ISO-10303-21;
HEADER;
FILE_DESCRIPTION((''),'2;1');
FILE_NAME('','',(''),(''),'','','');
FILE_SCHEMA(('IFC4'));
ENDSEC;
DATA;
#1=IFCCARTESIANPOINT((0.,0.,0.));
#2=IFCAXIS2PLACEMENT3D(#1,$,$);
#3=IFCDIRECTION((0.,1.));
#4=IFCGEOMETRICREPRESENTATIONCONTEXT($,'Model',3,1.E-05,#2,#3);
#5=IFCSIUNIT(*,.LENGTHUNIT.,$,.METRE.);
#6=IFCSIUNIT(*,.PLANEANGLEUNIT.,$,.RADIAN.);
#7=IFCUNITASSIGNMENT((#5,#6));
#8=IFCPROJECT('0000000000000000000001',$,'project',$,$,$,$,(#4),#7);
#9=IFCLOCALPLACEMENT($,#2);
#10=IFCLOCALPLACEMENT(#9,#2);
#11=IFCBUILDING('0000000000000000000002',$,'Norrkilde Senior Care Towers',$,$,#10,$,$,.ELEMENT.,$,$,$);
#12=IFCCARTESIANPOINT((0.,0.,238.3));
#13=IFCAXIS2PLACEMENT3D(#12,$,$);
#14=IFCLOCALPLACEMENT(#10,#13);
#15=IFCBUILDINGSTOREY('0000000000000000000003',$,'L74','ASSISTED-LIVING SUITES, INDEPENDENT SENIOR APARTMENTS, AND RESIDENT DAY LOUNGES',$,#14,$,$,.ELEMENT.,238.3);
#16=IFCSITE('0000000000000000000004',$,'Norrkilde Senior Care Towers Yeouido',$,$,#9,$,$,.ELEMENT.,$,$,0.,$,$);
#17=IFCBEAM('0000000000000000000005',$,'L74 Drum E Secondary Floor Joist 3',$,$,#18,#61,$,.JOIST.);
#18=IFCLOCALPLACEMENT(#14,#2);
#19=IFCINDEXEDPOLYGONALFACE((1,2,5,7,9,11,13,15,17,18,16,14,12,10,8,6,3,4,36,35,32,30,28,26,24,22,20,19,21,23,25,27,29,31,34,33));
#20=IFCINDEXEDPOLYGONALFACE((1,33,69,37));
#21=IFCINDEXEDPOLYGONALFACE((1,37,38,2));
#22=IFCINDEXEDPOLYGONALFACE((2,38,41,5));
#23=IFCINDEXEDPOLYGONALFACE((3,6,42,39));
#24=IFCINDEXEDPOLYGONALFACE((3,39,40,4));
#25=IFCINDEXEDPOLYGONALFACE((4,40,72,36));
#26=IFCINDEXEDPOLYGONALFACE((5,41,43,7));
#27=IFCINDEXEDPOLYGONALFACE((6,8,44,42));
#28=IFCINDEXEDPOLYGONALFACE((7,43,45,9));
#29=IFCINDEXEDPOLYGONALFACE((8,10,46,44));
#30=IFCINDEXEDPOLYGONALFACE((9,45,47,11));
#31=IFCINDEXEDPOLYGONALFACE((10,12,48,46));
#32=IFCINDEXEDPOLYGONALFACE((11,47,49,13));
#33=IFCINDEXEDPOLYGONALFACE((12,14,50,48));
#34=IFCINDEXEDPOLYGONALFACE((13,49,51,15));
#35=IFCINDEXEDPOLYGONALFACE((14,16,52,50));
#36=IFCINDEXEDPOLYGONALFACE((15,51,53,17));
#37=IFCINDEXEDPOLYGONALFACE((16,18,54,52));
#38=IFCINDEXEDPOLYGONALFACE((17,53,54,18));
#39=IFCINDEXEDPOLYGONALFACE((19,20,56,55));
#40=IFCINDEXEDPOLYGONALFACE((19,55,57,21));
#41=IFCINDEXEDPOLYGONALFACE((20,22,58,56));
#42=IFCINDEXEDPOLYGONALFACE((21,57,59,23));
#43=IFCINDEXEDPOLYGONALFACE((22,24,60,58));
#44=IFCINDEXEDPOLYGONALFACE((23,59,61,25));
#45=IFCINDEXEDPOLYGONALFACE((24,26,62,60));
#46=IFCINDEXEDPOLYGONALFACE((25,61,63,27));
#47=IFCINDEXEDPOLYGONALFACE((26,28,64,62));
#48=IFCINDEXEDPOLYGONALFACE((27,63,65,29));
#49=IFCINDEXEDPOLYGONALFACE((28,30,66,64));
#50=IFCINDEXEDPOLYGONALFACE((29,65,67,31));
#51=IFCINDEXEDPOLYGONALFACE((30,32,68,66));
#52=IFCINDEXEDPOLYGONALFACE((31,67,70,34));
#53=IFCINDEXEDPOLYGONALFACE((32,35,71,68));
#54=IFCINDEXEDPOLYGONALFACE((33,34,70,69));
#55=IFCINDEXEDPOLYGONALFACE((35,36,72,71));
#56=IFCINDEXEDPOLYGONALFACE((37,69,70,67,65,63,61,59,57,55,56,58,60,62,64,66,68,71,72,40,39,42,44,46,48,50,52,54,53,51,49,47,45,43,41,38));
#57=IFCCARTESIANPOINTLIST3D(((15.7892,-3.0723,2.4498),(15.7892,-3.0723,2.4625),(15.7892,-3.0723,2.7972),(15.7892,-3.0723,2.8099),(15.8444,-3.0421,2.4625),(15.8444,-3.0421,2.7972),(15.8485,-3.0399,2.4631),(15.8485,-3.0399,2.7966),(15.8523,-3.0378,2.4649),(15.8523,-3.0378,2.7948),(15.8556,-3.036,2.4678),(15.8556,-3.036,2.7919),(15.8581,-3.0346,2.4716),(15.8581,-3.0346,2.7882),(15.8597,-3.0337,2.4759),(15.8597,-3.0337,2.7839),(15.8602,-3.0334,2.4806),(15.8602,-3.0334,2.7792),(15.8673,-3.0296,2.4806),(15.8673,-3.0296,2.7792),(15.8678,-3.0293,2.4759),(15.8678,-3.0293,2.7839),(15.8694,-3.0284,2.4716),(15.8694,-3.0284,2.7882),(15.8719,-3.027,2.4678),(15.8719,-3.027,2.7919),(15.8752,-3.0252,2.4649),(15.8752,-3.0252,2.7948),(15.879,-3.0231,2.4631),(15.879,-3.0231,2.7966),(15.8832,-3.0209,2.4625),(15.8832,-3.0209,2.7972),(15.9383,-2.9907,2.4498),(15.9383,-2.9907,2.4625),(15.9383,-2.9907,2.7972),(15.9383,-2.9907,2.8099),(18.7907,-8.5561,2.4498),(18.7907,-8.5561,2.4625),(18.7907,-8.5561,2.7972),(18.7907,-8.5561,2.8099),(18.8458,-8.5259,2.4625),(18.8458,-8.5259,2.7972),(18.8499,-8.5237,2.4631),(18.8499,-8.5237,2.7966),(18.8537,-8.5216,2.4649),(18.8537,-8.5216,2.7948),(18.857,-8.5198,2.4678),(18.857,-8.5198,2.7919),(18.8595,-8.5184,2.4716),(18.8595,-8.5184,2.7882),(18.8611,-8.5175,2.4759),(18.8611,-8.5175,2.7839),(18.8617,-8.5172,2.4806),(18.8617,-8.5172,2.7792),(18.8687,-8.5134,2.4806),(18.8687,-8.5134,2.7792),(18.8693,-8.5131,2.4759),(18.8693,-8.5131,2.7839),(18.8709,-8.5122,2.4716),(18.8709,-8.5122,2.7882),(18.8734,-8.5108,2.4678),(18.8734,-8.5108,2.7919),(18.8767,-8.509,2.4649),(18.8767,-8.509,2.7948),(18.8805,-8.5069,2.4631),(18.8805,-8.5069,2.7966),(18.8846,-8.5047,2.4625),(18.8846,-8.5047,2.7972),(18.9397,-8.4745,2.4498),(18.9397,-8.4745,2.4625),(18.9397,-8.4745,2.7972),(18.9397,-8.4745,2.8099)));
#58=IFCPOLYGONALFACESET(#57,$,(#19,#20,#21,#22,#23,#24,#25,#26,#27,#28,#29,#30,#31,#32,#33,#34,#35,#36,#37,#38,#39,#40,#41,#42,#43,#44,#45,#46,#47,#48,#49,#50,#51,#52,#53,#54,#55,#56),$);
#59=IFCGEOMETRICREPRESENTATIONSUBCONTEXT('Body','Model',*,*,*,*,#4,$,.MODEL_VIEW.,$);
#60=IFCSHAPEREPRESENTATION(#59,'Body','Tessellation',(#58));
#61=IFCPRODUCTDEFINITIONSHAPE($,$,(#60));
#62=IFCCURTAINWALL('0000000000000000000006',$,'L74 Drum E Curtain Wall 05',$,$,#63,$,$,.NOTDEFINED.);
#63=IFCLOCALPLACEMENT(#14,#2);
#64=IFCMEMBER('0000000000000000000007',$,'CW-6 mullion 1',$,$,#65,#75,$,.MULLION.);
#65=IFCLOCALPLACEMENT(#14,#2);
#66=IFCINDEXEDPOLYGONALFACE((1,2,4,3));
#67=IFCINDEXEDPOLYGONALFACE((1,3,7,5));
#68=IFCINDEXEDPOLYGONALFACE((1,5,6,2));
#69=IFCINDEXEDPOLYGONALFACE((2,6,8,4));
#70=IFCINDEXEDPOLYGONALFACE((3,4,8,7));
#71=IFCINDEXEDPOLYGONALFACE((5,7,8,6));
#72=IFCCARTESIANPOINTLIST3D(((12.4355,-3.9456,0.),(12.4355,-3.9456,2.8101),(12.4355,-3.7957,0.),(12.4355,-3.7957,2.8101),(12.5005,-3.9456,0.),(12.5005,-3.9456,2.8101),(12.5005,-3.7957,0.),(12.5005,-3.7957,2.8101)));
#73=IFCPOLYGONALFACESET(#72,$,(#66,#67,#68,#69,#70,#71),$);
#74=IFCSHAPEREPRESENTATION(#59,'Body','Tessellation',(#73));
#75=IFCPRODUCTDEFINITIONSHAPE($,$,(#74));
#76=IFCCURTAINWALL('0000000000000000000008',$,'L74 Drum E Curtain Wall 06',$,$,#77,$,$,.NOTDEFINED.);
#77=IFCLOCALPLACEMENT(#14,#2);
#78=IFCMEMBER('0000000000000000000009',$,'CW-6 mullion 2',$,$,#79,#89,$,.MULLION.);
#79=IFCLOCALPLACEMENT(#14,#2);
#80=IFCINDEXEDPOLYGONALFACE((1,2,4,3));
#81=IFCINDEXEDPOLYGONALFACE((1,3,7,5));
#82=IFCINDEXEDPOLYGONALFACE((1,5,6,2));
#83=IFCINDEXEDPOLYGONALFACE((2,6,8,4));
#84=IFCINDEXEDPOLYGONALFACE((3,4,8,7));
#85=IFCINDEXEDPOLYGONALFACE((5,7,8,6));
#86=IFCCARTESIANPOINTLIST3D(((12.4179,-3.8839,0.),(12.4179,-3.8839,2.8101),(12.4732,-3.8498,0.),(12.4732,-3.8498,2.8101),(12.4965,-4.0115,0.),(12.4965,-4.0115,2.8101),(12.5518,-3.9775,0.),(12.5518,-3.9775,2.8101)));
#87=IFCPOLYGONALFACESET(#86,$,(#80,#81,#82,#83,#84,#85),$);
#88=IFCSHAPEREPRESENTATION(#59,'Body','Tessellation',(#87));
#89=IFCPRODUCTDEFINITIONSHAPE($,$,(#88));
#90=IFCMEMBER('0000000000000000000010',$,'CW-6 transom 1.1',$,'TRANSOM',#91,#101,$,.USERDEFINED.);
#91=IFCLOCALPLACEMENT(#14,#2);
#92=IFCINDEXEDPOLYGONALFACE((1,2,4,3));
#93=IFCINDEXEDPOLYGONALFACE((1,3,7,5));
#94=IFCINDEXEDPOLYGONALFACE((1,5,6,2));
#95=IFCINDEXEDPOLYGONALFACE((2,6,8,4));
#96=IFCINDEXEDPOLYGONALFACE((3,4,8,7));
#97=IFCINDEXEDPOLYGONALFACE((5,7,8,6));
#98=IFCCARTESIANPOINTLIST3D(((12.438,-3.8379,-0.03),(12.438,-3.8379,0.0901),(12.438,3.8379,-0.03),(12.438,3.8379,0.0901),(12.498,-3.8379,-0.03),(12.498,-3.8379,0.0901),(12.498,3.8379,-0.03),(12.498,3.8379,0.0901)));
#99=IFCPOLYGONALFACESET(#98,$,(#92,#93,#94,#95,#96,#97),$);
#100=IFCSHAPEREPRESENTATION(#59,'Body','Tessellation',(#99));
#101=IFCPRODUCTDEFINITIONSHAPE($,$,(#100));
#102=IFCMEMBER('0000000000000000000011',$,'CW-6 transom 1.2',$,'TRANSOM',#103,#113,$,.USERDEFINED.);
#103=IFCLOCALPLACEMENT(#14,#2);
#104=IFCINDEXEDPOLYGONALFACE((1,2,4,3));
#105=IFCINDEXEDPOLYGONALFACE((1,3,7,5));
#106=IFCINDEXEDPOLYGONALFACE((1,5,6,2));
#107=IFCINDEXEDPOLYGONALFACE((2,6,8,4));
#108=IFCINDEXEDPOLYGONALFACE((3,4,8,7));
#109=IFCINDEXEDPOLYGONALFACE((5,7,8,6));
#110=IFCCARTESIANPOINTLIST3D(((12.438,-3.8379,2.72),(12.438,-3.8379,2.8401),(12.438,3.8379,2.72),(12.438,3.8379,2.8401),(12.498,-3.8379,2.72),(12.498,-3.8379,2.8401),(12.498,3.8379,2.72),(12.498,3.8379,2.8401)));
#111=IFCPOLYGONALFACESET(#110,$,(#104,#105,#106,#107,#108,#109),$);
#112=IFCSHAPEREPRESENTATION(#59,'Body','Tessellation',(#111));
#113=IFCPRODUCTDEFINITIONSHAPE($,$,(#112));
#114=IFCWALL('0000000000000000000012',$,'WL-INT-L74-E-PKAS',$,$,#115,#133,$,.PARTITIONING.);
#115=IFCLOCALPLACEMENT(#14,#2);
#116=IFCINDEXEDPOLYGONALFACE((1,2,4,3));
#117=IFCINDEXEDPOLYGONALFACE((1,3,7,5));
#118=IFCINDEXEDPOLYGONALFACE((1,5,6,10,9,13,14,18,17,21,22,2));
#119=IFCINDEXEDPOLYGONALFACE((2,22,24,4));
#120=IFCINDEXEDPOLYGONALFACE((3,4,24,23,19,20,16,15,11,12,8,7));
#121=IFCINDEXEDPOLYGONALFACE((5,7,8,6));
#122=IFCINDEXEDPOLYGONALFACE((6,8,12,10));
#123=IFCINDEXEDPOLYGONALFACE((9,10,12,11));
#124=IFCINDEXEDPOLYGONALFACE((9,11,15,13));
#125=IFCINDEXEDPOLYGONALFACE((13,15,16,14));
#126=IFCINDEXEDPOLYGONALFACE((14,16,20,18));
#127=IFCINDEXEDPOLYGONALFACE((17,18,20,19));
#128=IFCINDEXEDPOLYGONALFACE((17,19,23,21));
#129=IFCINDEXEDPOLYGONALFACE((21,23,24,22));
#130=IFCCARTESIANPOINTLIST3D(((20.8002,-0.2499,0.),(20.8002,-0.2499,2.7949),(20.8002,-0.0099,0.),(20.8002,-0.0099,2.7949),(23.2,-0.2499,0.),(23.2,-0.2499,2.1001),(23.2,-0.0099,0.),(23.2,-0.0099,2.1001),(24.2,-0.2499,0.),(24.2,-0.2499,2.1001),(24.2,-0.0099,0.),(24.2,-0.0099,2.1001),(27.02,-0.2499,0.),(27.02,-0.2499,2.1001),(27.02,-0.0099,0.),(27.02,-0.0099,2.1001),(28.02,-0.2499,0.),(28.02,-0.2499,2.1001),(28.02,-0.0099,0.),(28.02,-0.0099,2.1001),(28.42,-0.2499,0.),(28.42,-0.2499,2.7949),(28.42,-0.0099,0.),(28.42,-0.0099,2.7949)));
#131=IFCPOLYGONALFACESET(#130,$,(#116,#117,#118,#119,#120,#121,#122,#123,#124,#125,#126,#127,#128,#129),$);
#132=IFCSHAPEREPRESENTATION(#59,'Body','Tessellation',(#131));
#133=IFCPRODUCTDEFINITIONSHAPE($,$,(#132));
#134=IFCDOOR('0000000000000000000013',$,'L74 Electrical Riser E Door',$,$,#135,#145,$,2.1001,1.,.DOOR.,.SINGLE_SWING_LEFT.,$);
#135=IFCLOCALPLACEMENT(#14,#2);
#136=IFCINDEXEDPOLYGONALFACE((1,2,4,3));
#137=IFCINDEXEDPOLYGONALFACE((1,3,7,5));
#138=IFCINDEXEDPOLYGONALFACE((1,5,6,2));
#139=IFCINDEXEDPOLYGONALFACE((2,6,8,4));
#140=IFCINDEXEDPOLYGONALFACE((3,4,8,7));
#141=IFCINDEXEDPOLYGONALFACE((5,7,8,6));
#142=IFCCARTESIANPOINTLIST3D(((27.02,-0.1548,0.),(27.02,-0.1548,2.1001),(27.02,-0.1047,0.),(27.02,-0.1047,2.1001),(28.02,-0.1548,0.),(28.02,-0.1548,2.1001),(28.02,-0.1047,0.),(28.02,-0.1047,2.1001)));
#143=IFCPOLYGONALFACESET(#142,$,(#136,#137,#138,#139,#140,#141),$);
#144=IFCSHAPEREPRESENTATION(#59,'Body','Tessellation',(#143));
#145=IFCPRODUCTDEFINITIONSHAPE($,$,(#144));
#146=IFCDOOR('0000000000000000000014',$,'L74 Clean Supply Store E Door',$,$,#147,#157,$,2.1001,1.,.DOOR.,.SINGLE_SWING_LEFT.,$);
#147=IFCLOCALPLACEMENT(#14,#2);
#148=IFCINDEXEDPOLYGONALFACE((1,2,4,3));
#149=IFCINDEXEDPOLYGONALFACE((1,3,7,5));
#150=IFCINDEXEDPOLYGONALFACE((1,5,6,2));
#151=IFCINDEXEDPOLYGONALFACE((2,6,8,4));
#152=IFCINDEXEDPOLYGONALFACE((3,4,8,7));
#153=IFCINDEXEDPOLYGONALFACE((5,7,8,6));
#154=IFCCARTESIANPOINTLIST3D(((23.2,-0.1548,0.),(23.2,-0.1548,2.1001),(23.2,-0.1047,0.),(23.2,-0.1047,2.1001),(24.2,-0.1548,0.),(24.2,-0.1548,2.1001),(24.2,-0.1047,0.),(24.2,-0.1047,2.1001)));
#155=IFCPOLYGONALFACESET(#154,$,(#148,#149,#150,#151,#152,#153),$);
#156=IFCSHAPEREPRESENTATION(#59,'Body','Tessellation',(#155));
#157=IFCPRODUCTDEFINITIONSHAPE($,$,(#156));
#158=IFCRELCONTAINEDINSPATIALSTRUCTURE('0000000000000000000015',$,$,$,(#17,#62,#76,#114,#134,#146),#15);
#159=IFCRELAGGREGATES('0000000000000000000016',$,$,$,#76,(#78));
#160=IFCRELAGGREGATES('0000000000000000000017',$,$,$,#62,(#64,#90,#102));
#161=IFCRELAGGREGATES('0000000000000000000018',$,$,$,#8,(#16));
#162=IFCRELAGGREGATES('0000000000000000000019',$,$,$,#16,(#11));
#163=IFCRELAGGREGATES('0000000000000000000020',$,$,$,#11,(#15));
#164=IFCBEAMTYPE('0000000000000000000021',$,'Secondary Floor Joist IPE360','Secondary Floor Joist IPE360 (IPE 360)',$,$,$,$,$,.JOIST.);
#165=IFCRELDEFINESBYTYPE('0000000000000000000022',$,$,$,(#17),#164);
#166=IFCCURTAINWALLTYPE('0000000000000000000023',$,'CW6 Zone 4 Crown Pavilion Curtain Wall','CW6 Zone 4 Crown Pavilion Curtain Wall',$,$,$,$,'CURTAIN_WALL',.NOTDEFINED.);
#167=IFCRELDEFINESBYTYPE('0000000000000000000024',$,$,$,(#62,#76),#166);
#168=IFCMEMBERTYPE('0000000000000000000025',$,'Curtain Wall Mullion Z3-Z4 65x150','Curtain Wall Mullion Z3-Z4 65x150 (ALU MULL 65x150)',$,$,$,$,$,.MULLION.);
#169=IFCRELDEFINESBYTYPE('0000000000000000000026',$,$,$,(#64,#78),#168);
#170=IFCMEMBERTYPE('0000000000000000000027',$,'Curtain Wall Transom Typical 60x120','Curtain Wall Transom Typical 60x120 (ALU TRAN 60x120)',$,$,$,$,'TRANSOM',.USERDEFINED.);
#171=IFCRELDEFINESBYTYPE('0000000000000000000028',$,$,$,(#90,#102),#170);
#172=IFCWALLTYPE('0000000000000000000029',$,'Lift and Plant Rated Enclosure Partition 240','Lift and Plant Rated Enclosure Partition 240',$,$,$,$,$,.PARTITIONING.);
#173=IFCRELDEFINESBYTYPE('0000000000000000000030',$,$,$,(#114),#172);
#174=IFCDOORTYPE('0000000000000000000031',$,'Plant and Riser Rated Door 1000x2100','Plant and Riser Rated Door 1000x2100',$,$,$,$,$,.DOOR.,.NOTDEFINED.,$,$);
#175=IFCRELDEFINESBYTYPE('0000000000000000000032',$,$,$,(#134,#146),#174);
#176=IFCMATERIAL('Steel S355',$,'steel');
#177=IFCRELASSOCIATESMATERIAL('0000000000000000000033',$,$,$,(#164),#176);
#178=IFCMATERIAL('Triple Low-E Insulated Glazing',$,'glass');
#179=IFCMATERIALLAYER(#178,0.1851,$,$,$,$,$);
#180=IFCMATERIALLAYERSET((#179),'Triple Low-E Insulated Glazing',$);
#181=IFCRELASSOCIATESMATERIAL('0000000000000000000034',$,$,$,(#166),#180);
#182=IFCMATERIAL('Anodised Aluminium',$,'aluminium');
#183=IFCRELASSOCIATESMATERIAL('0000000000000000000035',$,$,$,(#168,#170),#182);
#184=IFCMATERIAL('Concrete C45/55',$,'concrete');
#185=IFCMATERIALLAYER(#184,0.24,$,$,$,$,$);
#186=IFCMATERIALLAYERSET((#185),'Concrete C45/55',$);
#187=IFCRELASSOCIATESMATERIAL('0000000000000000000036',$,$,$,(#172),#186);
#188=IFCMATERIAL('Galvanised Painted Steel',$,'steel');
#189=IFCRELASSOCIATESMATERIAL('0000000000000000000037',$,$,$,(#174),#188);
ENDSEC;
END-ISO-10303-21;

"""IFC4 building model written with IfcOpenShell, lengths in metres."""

from ifc_helpers import new_model, si_unit, direction, frame, frame_2d, origin, origin_2d, place, context, subcontext, project, spatial, rectangle, i_section, extrude, source, transform, mapped, material, layer, layer_set, material_profile, profile_set, type_object, type_shapes, element, fill, aggregate, save


model = new_model("IFC4")

# Units and contexts
model_context = context("Model", 3, precision=1e-05, world=origin(), true_north=direction((0.0, 1.0)))
body_context = subcontext(model_context, "Body", "Model", "MODEL_VIEW")
ifc_project = project(units=[si_unit("LENGTHUNIT", "METRE"), si_unit("PLANEANGLEUNIT", "RADIAN")], contexts=[model_context])

# Site, building, storey
site_placement = place(None, origin())
site = spatial("IfcSite", under=ifc_project, at=site_placement, Name="Norrkilde Senior Care Towers Yeouido", CompositionType="ELEMENT", RefElevation=0.0)
building_placement = place(site_placement, origin())
building = spatial("IfcBuilding", under=site, at=building_placement, Name="Norrkilde Senior Care Towers", CompositionType="ELEMENT")
storey_placement = place(building_placement, frame((0.0, 0.0, 238.3)))
storey = spatial("IfcBuildingStorey", under=building, at=storey_placement, Name="L74", Description="ASSISTED-LIVING SUITES, INDEPENDENT SENIOR APARTMENTS, AND RESIDENT DAY LOUNGES", CompositionType="ELEMENT", Elevation=238.3)

# Beam
ifc_material_1 = material(Name="Steel S355", Category="steel")
ifc_material_profile_1 = material_profile(ifc_material_1, i_section(OverallWidth=0.1699, OverallDepth=0.3601, WebThickness=0.0081, FlangeThickness=0.0127, FilletRadius=0.0181, at=origin_2d()), Name="IPE 360")
ifc_profile_set_1 = profile_set([ifc_material_profile_1], Name="Steel S355")
beam_type_1 = type_object("IfcBeamType", Name="Secondary Floor Joist IPE360", Description="Secondary Floor Joist IPE360 (IPE 360)", PredefinedType="JOIST", material=ifc_profile_set_1)
shared_shape_1 = source(origin(), body_context, "Body", "SweptSolid", [
    extrude(i_section(OverallWidth=0.1699, OverallDepth=0.3601, WebThickness=0.0081, FlangeThickness=0.0127, FilletRadius=0.0181, at=origin_2d()), origin(), (0.0, 0.0, 1.0), 6.2515),
])
type_shapes(beam_type_1, [shared_shape_1])
beam_1_placement = place(storey_placement, frame((15.8638, -3.0315, 2.6299), z_axis=(0.480116, -0.877205, 0.0), x_axis=(0.877205, 0.480116, 0.0)))
element("IfcBeam", 1, at=beam_1_placement, inside=storey, type_object=beam_type_1, Name="L74 Drum E Secondary Floor Joist 3", PredefinedType="JOIST", context=body_context, shape_type="MappedRepresentation", body=[
    mapped(shared_shape_1, transform((0.0, 0.0, 0.0), x_axis=(1.0, 0.0, 0.0), y_axis=(0.0, 1.0, 0.0), z_axis=(0.0, 0.0, 1.0), scale=1.0)),
])

# Curtain walls, members
ifc_material_2 = material(Name="Triple Low-E Insulated Glazing", Category="glass")
ifc_layer_1 = layer(ifc_material_2, 0.1851)
ifc_layer_set_1 = layer_set([ifc_layer_1], Name="Triple Low-E Insulated Glazing")
curtain_wall_type = type_object("IfcCurtainWallType", Name="CW6 Zone 4 Crown Pavilion Curtain Wall", Description="CW6 Zone 4 Crown Pavilion Curtain Wall", ElementType="CURTAIN_WALL", PredefinedType="NOTDEFINED", material=ifc_layer_set_1)
curtain_wall_1_placement = place(storey_placement, origin())
curtain_wall_1 = element("IfcCurtainWall", 2, at=curtain_wall_1_placement, inside=storey, type_object=curtain_wall_type, Name="L74 Drum E Curtain Wall 05", PredefinedType="NOTDEFINED")
ifc_material_3 = material(Name="Anodised Aluminium", Category="aluminium")
ifc_material_profile_2 = material_profile(ifc_material_3, rectangle(XDim=0.0649, YDim=0.1499, at=origin_2d()), Name="ALU MULL 65x150")
ifc_profile_set_2 = profile_set([ifc_material_profile_2], Name="Anodised Aluminium")
member_type_1 = type_object("IfcMemberType", Name="Curtain Wall Mullion Z3-Z4 65x150", Description="Curtain Wall Mullion Z3-Z4 65x150 (ALU MULL 65x150)", PredefinedType="MULLION", material=ifc_profile_set_2)
shared_shape_2 = source(origin(), body_context, "Body", "SweptSolid", [
    extrude(rectangle(XDim=0.0649, YDim=0.1499, at=origin_2d()), origin(), (0.0, 0.0, 1.0), 2.8101),
])
type_shapes(member_type_1, [shared_shape_2])
member_1_placement = place(storey_placement, frame((12.468, -3.8706, 0.0), z_axis=(0.0, 0.0, 1.0), x_axis=(-1.0, 0.0, 0.0)))
member_1 = element("IfcMember", 3, at=member_1_placement, type_object=member_type_1, Name="CW-6 mullion 1", PredefinedType="MULLION", context=body_context, shape_type="MappedRepresentation", body=[
    mapped(shared_shape_2, transform((0.0, 0.0, 0.0), x_axis=(1.0, 0.0, 0.0), y_axis=(0.0, 1.0, 0.0), z_axis=(0.0, 0.0, 1.0), scale=1.0)),
])
curtain_wall_2_placement = place(storey_placement, origin())
curtain_wall_2 = element("IfcCurtainWall", 4, at=curtain_wall_2_placement, inside=storey, type_object=curtain_wall_type, Name="L74 Drum E Curtain Wall 06", PredefinedType="NOTDEFINED")
member_2_placement = place(storey_placement, frame((12.4849, -3.9307, 0.0), z_axis=(0.0, 0.0, 1.0), x_axis=(-0.851563, -0.524253, 0.0)))
member_2 = element("IfcMember", 5, at=member_2_placement, type_object=member_type_1, Name="CW-6 mullion 2", PredefinedType="MULLION", context=body_context, shape_type="MappedRepresentation", body=[
    mapped(shared_shape_2, transform((0.0, 0.0, 0.0), x_axis=(1.0, 0.0, 0.0), y_axis=(0.0, 1.0, 0.0), z_axis=(0.0, 0.0, 1.0), scale=1.0)),
])
aggregate(curtain_wall_2, [member_2])

# Members
ifc_material_profile_3 = material_profile(ifc_material_3, rectangle(XDim=0.0601, YDim=0.1201, at=origin_2d()), Name="ALU TRAN 60x120")
ifc_profile_set_3 = profile_set([ifc_material_profile_3], Name="Anodised Aluminium")
member_type_2 = type_object("IfcMemberType", Name="Curtain Wall Transom Typical 60x120", Description="Curtain Wall Transom Typical 60x120 (ALU TRAN 60x120)", ElementType="TRANSOM", PredefinedType="USERDEFINED", material=ifc_profile_set_3)
shared_shape_3 = source(origin(), body_context, "Body", "SweptSolid", [
    extrude(rectangle(XDim=0.0601, YDim=0.1201, at=origin_2d()), origin(), (0.0, 0.0, 1.0), 7.6758),
])
type_shapes(member_type_2, [shared_shape_3])
member_3_placement = place(storey_placement, frame((12.468, -3.8379, 0.03), z_axis=(0.0, 1.0, 0.0), x_axis=(-1.0, 0.0, 0.0)))
member_3 = element("IfcMember", 6, at=member_3_placement, type_object=member_type_2, Name="CW-6 transom 1.1", ObjectType="TRANSOM", PredefinedType="USERDEFINED", context=body_context, shape_type="MappedRepresentation", body=[
    mapped(shared_shape_3, transform((0.0, 0.0, 0.0), x_axis=(1.0, 0.0, 0.0), y_axis=(0.0, 1.0, 0.0), z_axis=(0.0, 0.0, 1.0), scale=1.0)),
])
member_4_placement = place(storey_placement, frame((12.468, -3.8379, 2.78), z_axis=(0.0, 1.0, 0.0), x_axis=(-1.0, 0.0, 0.0)))
member_4 = element("IfcMember", 7, at=member_4_placement, type_object=member_type_2, Name="CW-6 transom 1.2", ObjectType="TRANSOM", PredefinedType="USERDEFINED", context=body_context, shape_type="MappedRepresentation", body=[
    mapped(shared_shape_3, transform((0.0, 0.0, 0.0), x_axis=(1.0, 0.0, 0.0), y_axis=(0.0, 1.0, 0.0), z_axis=(0.0, 0.0, 1.0), scale=1.0)),
])
aggregate(curtain_wall_1, [member_1, member_3, member_4])

# Shared definitions
ifc_material_4 = material(Name="Galvanised Painted Steel", Category="steel")

# Wall, openings, doors
ifc_material_5 = material(Name="Concrete C45/55", Category="concrete")
ifc_layer_2 = layer(ifc_material_5, 0.24)
ifc_layer_set_2 = layer_set([ifc_layer_2], Name="Concrete C45/55")
wall_type_1 = type_object("IfcWallType", Name="Lift and Plant Rated Enclosure Partition 240", Description="Lift and Plant Rated Enclosure Partition 240", PredefinedType="PARTITIONING", material=ifc_layer_set_2)
shared_shape_4 = source(origin(), body_context, "Body", "SweptSolid", [
    extrude(rectangle(XDim=7.6199, YDim=0.24, at=frame_2d((3.8101, 0.0))), origin(), (0.0, 0.0, 1.0), 2.7949),
])
type_shapes(wall_type_1, [shared_shape_4])
wall_1_placement = place(storey_placement, frame((20.8, -0.1299, 0.0), z_axis=(0.0, 0.0, 1.0), x_axis=(1.0, 0.0, 0.0)))
wall_1 = element("IfcWall", 8, at=wall_1_placement, inside=storey, type_object=wall_type_1, Name="WL-INT-L74-E-PKAS", PredefinedType="PARTITIONING", context=body_context, shape_type="MappedRepresentation", body=[
    mapped(shared_shape_4, transform((0.0, 0.0, 0.0), x_axis=(1.0, 0.0, 0.0), y_axis=(0.0, 1.0, 0.0), z_axis=(0.0, 0.0, 1.0), scale=1.0)),
])
opening_1_placement = place(wall_1_placement, frame((6.22, 0.0, 0.0)))
opening_1 = element("IfcOpeningElement", 9, at=opening_1_placement, cuts=wall_1, PredefinedType="OPENING", context=body_context, shape_type="SweptSolid", body=[
    extrude(rectangle(XDim=1.0, YDim=2.1001, at=frame_2d((0.5, 1.05))), frame((0.0, 0.1299, 0.0), z_axis=(0.0, -1.0, 0.0), x_axis=(1.0, 0.0, 0.0)), (0.0, 0.0, 1.0), 0.26),
])
opening_2_placement = place(wall_1_placement, frame((2.3999, 0.0, 0.0)))
opening_2 = element("IfcOpeningElement", 10, at=opening_2_placement, cuts=wall_1, PredefinedType="OPENING", context=body_context, shape_type="SweptSolid", body=[
    extrude(rectangle(XDim=1.0, YDim=2.1001, at=frame_2d((0.5, 1.05))), frame((0.0, 0.1299, 0.0), z_axis=(0.0, -1.0, 0.0), x_axis=(1.0, 0.0, 0.0)), (0.0, 0.0, 1.0), 0.26),
])
door_type_1 = type_object("IfcDoorType", Name="Plant and Riser Rated Door 1000x2100", Description="Plant and Riser Rated Door 1000x2100", OperationType="NOTDEFINED", PredefinedType="DOOR", material=ifc_material_4)
shared_shape_5 = source(origin(), body_context, "Body", "SweptSolid", [
    extrude(rectangle(XDim=1.0, YDim=2.1001, at=frame_2d((0.5, 1.05))), frame((0.0, 0.0249, 0.0), z_axis=(0.0, -1.0, 0.0), x_axis=(1.0, 0.0, 0.0)), (0.0, 0.0, 1.0), 0.05),
])
type_shapes(door_type_1, [shared_shape_5])
door_1_placement = place(opening_1_placement, frame((1.0, 0.0, 0.0), z_axis=(0.0, 0.0, 1.0), x_axis=(-1.0, 0.0, 0.0)))
door_1 = element("IfcDoor", 11, at=door_1_placement, inside=storey, type_object=door_type_1, Name="L74 Electrical Riser E Door", OperationType="SINGLE_SWING_LEFT", OverallHeight=2.1001, OverallWidth=1.0, PredefinedType="DOOR", context=body_context, shape_type="MappedRepresentation", body=[
    mapped(shared_shape_5, transform((0.0, 0.0, 0.0), x_axis=(1.0, 0.0, 0.0), y_axis=(0.0, 1.0, 0.0), z_axis=(0.0, 0.0, 1.0), scale=1.0)),
])
fill(opening_1, door_1)
door_2_placement = place(opening_2_placement, frame((1.0, 0.0, 0.0), z_axis=(0.0, 0.0, 1.0), x_axis=(-1.0, 0.0, 0.0)))
door_2 = element("IfcDoor", 12, at=door_2_placement, inside=storey, type_object=door_type_1, Name="L74 Clean Supply Store E Door", OperationType="SINGLE_SWING_LEFT", OverallHeight=2.1001, OverallWidth=1.0, PredefinedType="DOOR", context=body_context, shape_type="MappedRepresentation", body=[
    mapped(shared_shape_5, transform((0.0, 0.0, 0.0), x_axis=(1.0, 0.0, 0.0), y_axis=(0.0, 1.0, 0.0), z_axis=(0.0, 0.0, 1.0), scale=1.0)),
])
fill(opening_2, door_2)

save(model, "model.ifc")
